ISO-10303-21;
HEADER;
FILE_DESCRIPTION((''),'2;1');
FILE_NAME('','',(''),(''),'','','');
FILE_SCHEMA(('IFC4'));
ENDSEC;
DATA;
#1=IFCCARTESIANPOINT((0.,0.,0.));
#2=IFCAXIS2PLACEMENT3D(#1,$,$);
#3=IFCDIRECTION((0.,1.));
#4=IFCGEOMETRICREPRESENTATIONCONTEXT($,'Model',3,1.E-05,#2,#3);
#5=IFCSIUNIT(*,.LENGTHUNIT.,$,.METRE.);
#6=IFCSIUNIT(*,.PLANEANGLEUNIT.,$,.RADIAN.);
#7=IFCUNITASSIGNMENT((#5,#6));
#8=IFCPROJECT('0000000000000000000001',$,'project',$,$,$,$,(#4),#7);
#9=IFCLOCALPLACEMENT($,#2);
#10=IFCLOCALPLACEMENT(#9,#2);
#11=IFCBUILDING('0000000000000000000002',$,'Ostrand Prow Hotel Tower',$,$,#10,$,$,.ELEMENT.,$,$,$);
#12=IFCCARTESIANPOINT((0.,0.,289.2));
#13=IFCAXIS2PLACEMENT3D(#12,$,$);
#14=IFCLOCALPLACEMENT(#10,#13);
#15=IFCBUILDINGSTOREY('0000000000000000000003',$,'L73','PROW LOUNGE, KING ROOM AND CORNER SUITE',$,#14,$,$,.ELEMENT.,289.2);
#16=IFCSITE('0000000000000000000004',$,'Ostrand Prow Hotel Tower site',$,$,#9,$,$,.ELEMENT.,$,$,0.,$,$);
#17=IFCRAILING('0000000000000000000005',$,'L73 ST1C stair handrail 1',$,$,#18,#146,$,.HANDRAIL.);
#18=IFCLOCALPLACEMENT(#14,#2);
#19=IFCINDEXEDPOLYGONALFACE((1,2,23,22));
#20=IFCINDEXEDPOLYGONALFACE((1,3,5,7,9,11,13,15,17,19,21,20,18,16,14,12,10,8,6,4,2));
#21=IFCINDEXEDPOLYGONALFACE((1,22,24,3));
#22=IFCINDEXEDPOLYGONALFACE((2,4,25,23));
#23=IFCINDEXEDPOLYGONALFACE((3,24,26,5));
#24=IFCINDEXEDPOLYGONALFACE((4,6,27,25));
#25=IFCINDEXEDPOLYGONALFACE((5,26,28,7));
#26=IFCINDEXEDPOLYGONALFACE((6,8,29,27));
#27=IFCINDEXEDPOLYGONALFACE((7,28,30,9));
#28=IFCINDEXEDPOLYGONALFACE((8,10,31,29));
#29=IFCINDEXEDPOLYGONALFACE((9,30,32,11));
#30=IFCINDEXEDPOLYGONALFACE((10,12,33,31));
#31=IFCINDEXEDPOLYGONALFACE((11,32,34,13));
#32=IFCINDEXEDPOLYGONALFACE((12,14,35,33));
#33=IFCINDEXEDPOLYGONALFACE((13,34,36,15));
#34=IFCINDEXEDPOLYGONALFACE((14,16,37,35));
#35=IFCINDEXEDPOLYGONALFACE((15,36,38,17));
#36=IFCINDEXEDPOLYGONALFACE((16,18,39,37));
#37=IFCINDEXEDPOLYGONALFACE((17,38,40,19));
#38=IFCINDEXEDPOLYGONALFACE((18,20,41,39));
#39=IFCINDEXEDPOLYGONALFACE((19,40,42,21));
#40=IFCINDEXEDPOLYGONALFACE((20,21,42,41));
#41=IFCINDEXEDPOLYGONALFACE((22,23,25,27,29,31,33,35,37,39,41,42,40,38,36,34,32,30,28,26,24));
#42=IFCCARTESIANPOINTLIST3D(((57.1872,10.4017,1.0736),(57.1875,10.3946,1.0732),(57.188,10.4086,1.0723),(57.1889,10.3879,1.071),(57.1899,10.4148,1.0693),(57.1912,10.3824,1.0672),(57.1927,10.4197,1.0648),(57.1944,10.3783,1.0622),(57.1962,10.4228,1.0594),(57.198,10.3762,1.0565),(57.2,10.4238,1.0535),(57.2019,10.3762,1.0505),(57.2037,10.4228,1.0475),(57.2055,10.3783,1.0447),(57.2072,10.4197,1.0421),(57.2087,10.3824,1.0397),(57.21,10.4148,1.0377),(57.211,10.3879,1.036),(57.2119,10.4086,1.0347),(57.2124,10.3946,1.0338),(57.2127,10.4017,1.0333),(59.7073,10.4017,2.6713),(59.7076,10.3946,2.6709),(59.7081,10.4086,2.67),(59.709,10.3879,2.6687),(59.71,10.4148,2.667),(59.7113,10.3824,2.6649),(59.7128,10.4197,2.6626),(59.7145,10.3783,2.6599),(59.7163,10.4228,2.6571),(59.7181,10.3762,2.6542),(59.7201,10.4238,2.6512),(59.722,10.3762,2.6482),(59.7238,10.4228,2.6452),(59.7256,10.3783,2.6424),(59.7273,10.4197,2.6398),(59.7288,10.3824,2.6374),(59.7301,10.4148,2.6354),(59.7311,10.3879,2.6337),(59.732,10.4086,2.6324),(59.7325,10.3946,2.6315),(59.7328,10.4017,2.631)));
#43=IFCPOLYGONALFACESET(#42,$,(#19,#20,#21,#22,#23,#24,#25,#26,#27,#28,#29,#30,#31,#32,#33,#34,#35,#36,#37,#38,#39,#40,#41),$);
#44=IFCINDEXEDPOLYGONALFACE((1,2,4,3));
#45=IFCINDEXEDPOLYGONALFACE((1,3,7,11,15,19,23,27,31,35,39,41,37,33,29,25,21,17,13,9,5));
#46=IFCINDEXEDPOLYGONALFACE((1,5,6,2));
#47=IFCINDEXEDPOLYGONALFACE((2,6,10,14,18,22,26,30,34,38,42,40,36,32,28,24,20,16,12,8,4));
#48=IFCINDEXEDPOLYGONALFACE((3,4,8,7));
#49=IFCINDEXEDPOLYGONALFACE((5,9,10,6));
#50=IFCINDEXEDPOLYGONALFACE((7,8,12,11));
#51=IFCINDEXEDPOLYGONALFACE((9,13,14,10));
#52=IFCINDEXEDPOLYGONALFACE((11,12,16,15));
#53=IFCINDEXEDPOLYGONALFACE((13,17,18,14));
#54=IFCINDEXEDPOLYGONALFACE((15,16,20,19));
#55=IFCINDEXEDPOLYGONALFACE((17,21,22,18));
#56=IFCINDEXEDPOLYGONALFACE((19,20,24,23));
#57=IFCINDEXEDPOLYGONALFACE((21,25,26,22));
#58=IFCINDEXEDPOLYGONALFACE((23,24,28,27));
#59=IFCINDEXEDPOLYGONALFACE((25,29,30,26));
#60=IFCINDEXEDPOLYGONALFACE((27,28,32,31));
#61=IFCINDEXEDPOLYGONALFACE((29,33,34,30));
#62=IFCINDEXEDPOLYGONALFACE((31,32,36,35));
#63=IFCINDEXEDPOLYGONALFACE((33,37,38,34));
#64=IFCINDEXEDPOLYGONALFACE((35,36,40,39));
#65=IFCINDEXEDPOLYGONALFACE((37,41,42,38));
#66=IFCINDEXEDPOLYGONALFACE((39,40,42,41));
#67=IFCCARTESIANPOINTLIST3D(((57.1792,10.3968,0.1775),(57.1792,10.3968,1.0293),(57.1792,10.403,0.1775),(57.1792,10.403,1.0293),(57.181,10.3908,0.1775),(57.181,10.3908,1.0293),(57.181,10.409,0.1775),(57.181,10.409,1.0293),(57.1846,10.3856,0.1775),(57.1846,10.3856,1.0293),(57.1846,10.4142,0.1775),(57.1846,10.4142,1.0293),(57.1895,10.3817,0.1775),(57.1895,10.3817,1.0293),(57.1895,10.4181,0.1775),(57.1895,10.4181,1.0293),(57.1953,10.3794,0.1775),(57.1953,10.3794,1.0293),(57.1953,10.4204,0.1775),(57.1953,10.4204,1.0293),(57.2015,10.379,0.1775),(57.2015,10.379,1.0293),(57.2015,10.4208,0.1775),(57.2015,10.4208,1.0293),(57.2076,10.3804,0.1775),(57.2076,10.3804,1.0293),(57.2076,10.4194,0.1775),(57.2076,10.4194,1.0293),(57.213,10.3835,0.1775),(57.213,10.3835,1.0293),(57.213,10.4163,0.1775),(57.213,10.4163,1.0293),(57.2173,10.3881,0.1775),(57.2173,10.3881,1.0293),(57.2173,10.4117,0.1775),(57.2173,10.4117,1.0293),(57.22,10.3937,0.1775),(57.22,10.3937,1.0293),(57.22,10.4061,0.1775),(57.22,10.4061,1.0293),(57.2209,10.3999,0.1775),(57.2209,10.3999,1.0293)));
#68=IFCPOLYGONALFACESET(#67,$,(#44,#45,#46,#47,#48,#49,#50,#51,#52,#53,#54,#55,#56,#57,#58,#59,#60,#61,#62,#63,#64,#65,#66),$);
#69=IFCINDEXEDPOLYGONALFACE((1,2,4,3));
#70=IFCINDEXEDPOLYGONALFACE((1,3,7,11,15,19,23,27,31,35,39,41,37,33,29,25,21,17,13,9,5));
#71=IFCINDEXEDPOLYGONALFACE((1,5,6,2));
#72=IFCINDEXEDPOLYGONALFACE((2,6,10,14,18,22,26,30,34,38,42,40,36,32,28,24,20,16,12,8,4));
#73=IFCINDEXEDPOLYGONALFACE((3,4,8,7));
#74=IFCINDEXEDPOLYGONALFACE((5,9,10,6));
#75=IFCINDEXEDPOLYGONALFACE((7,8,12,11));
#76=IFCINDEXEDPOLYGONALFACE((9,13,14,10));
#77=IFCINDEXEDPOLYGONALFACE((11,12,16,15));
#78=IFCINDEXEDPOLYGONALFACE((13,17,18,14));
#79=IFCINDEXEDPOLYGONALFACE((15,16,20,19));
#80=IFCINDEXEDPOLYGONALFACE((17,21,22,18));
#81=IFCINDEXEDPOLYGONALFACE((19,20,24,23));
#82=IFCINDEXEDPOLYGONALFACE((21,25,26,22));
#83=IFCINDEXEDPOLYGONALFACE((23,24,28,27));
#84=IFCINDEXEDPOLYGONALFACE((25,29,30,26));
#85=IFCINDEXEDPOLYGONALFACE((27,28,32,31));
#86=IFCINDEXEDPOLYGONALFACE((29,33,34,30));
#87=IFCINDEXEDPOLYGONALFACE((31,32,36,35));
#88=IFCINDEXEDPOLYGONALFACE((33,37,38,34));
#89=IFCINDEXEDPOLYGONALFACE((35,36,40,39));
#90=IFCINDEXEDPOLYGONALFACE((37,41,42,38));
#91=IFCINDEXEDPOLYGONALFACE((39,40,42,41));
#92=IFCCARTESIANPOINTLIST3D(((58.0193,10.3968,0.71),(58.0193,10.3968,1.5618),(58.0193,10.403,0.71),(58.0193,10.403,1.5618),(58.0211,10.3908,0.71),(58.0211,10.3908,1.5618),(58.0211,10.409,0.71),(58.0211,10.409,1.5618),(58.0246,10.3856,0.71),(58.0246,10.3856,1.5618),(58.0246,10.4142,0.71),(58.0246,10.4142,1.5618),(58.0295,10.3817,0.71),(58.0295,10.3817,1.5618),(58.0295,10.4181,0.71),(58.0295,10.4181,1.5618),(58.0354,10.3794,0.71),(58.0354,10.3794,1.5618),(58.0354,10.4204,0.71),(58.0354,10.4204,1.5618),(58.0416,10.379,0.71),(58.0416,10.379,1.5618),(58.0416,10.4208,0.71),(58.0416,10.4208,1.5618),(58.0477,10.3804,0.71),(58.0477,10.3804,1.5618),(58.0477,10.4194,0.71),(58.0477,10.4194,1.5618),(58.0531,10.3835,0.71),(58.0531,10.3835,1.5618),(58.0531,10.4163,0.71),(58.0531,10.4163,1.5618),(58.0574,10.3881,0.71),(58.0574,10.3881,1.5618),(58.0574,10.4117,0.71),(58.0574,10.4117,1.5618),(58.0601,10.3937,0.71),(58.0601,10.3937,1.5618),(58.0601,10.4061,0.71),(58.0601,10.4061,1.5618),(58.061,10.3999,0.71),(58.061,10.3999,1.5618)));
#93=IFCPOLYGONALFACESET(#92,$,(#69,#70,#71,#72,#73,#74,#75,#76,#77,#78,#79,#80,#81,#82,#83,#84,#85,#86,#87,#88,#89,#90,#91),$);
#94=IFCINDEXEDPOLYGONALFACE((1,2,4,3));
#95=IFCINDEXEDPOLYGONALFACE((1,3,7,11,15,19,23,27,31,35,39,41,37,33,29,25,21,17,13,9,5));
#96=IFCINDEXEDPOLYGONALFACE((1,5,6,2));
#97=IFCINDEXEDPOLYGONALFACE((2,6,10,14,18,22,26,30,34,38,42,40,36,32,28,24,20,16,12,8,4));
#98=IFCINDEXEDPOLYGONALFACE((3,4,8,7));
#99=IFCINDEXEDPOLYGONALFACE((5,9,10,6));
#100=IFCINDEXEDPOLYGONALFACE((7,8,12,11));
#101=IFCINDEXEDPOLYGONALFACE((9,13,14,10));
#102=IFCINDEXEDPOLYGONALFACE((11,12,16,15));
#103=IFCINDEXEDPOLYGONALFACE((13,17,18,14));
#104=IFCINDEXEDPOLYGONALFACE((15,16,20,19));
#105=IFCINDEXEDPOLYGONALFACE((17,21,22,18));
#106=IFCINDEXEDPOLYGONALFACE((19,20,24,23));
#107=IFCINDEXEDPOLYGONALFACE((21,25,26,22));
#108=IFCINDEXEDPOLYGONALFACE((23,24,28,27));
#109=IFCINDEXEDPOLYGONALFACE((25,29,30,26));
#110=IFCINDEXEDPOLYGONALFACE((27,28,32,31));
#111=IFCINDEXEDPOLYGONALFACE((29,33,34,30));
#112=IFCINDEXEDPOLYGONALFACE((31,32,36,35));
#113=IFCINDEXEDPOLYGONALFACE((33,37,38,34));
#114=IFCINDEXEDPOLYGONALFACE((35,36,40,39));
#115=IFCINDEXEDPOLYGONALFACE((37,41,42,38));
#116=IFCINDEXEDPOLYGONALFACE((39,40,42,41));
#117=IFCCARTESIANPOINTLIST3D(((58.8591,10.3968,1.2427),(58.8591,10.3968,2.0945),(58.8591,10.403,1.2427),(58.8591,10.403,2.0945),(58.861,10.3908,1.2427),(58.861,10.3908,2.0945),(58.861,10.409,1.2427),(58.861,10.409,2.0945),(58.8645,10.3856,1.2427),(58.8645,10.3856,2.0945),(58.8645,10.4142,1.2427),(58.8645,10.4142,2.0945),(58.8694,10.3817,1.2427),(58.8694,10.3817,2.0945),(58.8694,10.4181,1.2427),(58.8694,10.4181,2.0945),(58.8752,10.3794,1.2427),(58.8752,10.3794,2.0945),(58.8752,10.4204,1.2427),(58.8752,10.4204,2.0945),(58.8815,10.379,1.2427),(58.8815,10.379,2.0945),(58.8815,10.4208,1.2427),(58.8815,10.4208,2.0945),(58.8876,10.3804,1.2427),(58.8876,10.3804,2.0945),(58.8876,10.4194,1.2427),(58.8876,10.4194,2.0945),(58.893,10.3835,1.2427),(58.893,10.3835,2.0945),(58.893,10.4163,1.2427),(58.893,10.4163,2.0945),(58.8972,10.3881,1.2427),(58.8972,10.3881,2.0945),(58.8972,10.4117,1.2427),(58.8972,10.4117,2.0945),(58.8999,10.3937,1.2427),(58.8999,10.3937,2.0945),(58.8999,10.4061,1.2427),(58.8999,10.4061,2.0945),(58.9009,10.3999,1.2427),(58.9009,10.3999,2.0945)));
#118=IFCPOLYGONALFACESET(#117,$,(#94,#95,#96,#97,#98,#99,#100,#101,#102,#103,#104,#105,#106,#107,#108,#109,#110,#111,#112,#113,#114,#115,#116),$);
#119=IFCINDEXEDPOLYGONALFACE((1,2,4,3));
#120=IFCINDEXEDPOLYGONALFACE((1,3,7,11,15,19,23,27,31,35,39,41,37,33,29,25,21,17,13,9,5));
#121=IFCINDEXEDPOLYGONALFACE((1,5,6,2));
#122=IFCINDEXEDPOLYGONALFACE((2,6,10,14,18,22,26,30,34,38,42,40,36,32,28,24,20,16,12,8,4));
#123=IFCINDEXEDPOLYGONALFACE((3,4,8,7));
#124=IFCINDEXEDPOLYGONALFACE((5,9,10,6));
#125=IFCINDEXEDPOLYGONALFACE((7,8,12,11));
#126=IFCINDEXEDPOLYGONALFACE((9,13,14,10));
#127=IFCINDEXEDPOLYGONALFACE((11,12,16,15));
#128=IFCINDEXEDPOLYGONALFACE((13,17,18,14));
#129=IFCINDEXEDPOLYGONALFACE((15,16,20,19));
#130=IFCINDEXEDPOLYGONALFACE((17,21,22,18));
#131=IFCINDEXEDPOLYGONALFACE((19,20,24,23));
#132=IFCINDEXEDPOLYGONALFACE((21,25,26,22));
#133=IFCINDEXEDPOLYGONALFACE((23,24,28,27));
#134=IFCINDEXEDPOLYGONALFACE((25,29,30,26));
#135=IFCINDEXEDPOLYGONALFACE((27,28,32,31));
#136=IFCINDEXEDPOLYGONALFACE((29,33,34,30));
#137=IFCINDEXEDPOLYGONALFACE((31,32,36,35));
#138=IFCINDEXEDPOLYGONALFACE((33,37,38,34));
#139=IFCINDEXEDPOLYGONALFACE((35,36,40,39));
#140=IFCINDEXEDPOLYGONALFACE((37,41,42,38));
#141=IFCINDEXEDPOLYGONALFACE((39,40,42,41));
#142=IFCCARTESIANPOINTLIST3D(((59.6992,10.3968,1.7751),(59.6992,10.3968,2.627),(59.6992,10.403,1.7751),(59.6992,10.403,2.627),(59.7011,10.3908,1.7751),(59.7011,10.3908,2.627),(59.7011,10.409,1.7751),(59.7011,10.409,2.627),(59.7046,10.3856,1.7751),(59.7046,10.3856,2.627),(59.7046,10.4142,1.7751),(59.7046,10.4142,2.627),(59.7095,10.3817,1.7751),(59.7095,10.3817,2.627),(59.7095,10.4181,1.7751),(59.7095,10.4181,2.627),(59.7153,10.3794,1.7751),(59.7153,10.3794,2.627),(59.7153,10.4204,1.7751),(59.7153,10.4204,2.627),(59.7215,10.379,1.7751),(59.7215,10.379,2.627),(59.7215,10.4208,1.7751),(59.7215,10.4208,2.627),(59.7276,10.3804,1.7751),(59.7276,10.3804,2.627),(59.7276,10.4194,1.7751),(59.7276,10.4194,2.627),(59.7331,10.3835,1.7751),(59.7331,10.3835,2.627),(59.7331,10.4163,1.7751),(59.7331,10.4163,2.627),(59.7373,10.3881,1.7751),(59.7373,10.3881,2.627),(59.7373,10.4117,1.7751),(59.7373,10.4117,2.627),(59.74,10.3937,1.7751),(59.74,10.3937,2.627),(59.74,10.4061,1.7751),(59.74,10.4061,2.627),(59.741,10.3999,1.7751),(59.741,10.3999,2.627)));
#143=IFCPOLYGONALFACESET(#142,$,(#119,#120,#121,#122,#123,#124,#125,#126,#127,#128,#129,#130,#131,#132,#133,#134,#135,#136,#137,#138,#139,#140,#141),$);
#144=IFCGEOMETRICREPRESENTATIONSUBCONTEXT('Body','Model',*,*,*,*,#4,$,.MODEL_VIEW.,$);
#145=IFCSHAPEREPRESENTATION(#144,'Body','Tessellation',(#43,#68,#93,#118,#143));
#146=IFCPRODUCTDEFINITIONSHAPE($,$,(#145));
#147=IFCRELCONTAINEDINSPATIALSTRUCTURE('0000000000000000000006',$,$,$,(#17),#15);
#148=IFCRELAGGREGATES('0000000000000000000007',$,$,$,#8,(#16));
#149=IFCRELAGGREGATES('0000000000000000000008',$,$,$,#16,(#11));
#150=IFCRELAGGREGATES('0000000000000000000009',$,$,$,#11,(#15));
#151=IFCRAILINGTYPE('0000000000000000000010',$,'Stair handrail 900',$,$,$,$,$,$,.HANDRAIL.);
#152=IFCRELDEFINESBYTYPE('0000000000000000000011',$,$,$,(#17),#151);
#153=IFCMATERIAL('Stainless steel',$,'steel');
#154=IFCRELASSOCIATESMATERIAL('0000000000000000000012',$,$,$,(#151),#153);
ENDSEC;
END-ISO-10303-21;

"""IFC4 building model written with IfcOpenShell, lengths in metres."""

from ifc_helpers import new_model, si_unit, direction, frame, origin, origin_2d, place, context, subcontext, project, spatial, circle, extrude, material, type_object, element, save


model = new_model("IFC4")

# Units and contexts
model_context = context("Model", 3, precision=1e-05, world=origin(), true_north=direction((0.0, 1.0)))
body_context = subcontext(model_context, "Body", "Model", "MODEL_VIEW")
ifc_project = project(units=[si_unit("LENGTHUNIT", "METRE"), si_unit("PLANEANGLEUNIT", "RADIAN")], contexts=[model_context])

# Site, building, storey
site_placement = place(None, origin())
site = spatial("IfcSite", under=ifc_project, at=site_placement, Name="Ostrand Prow Hotel Tower site", CompositionType="ELEMENT", RefElevation=0.0)
building_placement = place(site_placement, origin())
building = spatial("IfcBuilding", under=site, at=building_placement, Name="Ostrand Prow Hotel Tower", CompositionType="ELEMENT")
storey_placement = place(building_placement, frame((0.0, 0.0, 289.2)))
storey = spatial("IfcBuildingStorey", under=building, at=storey_placement, Name="L73", Description="PROW LOUNGE, KING ROOM AND CORNER SUITE", CompositionType="ELEMENT", Elevation=289.2)

# Railing
ifc_material_1 = material(Name="Stainless steel", Category="steel")
railing_type_1 = type_object("IfcRailingType", Name="Stair handrail 900", PredefinedType="HANDRAIL", material=ifc_material_1)
railing_1_placement = place(storey_placement, frame((57.2, 10.3999, 0.1775)))
element("IfcRailing", 1, at=railing_1_placement, inside=storey, type_object=railing_type_1, Name="L73 ST1C stair handrail 1", PredefinedType="HANDRAIL", context=body_context, shape_type="SweptSolid", body=[
    extrude(circle(Radius=0.0239, at=origin_2d()), frame((0.0, 0.0, 0.876), z_axis=(0.84457, 0.0, 0.535445), x_axis=(0.0, 1.0, 0.0)), (0.0, 0.0, 1.0), 2.9839),
    extrude(circle(Radius=0.021, at=origin_2d()), origin(), (0.0, 0.0, 1.0), 0.8518),
    extrude(circle(Radius=0.021, at=origin_2d()), frame((0.8401, 0.0, 0.5325)), (0.0, 0.0, 1.0), 0.8518),
    extrude(circle(Radius=0.021, at=origin_2d()), frame((1.6799, 0.0, 1.0652)), (0.0, 0.0, 1.0), 0.8518),
    extrude(circle(Radius=0.021, at=origin_2d()), frame((2.52, 0.0, 1.5977)), (0.0, 0.0, 1.0), 0.8518),
])

save(model, "model.ifc")
